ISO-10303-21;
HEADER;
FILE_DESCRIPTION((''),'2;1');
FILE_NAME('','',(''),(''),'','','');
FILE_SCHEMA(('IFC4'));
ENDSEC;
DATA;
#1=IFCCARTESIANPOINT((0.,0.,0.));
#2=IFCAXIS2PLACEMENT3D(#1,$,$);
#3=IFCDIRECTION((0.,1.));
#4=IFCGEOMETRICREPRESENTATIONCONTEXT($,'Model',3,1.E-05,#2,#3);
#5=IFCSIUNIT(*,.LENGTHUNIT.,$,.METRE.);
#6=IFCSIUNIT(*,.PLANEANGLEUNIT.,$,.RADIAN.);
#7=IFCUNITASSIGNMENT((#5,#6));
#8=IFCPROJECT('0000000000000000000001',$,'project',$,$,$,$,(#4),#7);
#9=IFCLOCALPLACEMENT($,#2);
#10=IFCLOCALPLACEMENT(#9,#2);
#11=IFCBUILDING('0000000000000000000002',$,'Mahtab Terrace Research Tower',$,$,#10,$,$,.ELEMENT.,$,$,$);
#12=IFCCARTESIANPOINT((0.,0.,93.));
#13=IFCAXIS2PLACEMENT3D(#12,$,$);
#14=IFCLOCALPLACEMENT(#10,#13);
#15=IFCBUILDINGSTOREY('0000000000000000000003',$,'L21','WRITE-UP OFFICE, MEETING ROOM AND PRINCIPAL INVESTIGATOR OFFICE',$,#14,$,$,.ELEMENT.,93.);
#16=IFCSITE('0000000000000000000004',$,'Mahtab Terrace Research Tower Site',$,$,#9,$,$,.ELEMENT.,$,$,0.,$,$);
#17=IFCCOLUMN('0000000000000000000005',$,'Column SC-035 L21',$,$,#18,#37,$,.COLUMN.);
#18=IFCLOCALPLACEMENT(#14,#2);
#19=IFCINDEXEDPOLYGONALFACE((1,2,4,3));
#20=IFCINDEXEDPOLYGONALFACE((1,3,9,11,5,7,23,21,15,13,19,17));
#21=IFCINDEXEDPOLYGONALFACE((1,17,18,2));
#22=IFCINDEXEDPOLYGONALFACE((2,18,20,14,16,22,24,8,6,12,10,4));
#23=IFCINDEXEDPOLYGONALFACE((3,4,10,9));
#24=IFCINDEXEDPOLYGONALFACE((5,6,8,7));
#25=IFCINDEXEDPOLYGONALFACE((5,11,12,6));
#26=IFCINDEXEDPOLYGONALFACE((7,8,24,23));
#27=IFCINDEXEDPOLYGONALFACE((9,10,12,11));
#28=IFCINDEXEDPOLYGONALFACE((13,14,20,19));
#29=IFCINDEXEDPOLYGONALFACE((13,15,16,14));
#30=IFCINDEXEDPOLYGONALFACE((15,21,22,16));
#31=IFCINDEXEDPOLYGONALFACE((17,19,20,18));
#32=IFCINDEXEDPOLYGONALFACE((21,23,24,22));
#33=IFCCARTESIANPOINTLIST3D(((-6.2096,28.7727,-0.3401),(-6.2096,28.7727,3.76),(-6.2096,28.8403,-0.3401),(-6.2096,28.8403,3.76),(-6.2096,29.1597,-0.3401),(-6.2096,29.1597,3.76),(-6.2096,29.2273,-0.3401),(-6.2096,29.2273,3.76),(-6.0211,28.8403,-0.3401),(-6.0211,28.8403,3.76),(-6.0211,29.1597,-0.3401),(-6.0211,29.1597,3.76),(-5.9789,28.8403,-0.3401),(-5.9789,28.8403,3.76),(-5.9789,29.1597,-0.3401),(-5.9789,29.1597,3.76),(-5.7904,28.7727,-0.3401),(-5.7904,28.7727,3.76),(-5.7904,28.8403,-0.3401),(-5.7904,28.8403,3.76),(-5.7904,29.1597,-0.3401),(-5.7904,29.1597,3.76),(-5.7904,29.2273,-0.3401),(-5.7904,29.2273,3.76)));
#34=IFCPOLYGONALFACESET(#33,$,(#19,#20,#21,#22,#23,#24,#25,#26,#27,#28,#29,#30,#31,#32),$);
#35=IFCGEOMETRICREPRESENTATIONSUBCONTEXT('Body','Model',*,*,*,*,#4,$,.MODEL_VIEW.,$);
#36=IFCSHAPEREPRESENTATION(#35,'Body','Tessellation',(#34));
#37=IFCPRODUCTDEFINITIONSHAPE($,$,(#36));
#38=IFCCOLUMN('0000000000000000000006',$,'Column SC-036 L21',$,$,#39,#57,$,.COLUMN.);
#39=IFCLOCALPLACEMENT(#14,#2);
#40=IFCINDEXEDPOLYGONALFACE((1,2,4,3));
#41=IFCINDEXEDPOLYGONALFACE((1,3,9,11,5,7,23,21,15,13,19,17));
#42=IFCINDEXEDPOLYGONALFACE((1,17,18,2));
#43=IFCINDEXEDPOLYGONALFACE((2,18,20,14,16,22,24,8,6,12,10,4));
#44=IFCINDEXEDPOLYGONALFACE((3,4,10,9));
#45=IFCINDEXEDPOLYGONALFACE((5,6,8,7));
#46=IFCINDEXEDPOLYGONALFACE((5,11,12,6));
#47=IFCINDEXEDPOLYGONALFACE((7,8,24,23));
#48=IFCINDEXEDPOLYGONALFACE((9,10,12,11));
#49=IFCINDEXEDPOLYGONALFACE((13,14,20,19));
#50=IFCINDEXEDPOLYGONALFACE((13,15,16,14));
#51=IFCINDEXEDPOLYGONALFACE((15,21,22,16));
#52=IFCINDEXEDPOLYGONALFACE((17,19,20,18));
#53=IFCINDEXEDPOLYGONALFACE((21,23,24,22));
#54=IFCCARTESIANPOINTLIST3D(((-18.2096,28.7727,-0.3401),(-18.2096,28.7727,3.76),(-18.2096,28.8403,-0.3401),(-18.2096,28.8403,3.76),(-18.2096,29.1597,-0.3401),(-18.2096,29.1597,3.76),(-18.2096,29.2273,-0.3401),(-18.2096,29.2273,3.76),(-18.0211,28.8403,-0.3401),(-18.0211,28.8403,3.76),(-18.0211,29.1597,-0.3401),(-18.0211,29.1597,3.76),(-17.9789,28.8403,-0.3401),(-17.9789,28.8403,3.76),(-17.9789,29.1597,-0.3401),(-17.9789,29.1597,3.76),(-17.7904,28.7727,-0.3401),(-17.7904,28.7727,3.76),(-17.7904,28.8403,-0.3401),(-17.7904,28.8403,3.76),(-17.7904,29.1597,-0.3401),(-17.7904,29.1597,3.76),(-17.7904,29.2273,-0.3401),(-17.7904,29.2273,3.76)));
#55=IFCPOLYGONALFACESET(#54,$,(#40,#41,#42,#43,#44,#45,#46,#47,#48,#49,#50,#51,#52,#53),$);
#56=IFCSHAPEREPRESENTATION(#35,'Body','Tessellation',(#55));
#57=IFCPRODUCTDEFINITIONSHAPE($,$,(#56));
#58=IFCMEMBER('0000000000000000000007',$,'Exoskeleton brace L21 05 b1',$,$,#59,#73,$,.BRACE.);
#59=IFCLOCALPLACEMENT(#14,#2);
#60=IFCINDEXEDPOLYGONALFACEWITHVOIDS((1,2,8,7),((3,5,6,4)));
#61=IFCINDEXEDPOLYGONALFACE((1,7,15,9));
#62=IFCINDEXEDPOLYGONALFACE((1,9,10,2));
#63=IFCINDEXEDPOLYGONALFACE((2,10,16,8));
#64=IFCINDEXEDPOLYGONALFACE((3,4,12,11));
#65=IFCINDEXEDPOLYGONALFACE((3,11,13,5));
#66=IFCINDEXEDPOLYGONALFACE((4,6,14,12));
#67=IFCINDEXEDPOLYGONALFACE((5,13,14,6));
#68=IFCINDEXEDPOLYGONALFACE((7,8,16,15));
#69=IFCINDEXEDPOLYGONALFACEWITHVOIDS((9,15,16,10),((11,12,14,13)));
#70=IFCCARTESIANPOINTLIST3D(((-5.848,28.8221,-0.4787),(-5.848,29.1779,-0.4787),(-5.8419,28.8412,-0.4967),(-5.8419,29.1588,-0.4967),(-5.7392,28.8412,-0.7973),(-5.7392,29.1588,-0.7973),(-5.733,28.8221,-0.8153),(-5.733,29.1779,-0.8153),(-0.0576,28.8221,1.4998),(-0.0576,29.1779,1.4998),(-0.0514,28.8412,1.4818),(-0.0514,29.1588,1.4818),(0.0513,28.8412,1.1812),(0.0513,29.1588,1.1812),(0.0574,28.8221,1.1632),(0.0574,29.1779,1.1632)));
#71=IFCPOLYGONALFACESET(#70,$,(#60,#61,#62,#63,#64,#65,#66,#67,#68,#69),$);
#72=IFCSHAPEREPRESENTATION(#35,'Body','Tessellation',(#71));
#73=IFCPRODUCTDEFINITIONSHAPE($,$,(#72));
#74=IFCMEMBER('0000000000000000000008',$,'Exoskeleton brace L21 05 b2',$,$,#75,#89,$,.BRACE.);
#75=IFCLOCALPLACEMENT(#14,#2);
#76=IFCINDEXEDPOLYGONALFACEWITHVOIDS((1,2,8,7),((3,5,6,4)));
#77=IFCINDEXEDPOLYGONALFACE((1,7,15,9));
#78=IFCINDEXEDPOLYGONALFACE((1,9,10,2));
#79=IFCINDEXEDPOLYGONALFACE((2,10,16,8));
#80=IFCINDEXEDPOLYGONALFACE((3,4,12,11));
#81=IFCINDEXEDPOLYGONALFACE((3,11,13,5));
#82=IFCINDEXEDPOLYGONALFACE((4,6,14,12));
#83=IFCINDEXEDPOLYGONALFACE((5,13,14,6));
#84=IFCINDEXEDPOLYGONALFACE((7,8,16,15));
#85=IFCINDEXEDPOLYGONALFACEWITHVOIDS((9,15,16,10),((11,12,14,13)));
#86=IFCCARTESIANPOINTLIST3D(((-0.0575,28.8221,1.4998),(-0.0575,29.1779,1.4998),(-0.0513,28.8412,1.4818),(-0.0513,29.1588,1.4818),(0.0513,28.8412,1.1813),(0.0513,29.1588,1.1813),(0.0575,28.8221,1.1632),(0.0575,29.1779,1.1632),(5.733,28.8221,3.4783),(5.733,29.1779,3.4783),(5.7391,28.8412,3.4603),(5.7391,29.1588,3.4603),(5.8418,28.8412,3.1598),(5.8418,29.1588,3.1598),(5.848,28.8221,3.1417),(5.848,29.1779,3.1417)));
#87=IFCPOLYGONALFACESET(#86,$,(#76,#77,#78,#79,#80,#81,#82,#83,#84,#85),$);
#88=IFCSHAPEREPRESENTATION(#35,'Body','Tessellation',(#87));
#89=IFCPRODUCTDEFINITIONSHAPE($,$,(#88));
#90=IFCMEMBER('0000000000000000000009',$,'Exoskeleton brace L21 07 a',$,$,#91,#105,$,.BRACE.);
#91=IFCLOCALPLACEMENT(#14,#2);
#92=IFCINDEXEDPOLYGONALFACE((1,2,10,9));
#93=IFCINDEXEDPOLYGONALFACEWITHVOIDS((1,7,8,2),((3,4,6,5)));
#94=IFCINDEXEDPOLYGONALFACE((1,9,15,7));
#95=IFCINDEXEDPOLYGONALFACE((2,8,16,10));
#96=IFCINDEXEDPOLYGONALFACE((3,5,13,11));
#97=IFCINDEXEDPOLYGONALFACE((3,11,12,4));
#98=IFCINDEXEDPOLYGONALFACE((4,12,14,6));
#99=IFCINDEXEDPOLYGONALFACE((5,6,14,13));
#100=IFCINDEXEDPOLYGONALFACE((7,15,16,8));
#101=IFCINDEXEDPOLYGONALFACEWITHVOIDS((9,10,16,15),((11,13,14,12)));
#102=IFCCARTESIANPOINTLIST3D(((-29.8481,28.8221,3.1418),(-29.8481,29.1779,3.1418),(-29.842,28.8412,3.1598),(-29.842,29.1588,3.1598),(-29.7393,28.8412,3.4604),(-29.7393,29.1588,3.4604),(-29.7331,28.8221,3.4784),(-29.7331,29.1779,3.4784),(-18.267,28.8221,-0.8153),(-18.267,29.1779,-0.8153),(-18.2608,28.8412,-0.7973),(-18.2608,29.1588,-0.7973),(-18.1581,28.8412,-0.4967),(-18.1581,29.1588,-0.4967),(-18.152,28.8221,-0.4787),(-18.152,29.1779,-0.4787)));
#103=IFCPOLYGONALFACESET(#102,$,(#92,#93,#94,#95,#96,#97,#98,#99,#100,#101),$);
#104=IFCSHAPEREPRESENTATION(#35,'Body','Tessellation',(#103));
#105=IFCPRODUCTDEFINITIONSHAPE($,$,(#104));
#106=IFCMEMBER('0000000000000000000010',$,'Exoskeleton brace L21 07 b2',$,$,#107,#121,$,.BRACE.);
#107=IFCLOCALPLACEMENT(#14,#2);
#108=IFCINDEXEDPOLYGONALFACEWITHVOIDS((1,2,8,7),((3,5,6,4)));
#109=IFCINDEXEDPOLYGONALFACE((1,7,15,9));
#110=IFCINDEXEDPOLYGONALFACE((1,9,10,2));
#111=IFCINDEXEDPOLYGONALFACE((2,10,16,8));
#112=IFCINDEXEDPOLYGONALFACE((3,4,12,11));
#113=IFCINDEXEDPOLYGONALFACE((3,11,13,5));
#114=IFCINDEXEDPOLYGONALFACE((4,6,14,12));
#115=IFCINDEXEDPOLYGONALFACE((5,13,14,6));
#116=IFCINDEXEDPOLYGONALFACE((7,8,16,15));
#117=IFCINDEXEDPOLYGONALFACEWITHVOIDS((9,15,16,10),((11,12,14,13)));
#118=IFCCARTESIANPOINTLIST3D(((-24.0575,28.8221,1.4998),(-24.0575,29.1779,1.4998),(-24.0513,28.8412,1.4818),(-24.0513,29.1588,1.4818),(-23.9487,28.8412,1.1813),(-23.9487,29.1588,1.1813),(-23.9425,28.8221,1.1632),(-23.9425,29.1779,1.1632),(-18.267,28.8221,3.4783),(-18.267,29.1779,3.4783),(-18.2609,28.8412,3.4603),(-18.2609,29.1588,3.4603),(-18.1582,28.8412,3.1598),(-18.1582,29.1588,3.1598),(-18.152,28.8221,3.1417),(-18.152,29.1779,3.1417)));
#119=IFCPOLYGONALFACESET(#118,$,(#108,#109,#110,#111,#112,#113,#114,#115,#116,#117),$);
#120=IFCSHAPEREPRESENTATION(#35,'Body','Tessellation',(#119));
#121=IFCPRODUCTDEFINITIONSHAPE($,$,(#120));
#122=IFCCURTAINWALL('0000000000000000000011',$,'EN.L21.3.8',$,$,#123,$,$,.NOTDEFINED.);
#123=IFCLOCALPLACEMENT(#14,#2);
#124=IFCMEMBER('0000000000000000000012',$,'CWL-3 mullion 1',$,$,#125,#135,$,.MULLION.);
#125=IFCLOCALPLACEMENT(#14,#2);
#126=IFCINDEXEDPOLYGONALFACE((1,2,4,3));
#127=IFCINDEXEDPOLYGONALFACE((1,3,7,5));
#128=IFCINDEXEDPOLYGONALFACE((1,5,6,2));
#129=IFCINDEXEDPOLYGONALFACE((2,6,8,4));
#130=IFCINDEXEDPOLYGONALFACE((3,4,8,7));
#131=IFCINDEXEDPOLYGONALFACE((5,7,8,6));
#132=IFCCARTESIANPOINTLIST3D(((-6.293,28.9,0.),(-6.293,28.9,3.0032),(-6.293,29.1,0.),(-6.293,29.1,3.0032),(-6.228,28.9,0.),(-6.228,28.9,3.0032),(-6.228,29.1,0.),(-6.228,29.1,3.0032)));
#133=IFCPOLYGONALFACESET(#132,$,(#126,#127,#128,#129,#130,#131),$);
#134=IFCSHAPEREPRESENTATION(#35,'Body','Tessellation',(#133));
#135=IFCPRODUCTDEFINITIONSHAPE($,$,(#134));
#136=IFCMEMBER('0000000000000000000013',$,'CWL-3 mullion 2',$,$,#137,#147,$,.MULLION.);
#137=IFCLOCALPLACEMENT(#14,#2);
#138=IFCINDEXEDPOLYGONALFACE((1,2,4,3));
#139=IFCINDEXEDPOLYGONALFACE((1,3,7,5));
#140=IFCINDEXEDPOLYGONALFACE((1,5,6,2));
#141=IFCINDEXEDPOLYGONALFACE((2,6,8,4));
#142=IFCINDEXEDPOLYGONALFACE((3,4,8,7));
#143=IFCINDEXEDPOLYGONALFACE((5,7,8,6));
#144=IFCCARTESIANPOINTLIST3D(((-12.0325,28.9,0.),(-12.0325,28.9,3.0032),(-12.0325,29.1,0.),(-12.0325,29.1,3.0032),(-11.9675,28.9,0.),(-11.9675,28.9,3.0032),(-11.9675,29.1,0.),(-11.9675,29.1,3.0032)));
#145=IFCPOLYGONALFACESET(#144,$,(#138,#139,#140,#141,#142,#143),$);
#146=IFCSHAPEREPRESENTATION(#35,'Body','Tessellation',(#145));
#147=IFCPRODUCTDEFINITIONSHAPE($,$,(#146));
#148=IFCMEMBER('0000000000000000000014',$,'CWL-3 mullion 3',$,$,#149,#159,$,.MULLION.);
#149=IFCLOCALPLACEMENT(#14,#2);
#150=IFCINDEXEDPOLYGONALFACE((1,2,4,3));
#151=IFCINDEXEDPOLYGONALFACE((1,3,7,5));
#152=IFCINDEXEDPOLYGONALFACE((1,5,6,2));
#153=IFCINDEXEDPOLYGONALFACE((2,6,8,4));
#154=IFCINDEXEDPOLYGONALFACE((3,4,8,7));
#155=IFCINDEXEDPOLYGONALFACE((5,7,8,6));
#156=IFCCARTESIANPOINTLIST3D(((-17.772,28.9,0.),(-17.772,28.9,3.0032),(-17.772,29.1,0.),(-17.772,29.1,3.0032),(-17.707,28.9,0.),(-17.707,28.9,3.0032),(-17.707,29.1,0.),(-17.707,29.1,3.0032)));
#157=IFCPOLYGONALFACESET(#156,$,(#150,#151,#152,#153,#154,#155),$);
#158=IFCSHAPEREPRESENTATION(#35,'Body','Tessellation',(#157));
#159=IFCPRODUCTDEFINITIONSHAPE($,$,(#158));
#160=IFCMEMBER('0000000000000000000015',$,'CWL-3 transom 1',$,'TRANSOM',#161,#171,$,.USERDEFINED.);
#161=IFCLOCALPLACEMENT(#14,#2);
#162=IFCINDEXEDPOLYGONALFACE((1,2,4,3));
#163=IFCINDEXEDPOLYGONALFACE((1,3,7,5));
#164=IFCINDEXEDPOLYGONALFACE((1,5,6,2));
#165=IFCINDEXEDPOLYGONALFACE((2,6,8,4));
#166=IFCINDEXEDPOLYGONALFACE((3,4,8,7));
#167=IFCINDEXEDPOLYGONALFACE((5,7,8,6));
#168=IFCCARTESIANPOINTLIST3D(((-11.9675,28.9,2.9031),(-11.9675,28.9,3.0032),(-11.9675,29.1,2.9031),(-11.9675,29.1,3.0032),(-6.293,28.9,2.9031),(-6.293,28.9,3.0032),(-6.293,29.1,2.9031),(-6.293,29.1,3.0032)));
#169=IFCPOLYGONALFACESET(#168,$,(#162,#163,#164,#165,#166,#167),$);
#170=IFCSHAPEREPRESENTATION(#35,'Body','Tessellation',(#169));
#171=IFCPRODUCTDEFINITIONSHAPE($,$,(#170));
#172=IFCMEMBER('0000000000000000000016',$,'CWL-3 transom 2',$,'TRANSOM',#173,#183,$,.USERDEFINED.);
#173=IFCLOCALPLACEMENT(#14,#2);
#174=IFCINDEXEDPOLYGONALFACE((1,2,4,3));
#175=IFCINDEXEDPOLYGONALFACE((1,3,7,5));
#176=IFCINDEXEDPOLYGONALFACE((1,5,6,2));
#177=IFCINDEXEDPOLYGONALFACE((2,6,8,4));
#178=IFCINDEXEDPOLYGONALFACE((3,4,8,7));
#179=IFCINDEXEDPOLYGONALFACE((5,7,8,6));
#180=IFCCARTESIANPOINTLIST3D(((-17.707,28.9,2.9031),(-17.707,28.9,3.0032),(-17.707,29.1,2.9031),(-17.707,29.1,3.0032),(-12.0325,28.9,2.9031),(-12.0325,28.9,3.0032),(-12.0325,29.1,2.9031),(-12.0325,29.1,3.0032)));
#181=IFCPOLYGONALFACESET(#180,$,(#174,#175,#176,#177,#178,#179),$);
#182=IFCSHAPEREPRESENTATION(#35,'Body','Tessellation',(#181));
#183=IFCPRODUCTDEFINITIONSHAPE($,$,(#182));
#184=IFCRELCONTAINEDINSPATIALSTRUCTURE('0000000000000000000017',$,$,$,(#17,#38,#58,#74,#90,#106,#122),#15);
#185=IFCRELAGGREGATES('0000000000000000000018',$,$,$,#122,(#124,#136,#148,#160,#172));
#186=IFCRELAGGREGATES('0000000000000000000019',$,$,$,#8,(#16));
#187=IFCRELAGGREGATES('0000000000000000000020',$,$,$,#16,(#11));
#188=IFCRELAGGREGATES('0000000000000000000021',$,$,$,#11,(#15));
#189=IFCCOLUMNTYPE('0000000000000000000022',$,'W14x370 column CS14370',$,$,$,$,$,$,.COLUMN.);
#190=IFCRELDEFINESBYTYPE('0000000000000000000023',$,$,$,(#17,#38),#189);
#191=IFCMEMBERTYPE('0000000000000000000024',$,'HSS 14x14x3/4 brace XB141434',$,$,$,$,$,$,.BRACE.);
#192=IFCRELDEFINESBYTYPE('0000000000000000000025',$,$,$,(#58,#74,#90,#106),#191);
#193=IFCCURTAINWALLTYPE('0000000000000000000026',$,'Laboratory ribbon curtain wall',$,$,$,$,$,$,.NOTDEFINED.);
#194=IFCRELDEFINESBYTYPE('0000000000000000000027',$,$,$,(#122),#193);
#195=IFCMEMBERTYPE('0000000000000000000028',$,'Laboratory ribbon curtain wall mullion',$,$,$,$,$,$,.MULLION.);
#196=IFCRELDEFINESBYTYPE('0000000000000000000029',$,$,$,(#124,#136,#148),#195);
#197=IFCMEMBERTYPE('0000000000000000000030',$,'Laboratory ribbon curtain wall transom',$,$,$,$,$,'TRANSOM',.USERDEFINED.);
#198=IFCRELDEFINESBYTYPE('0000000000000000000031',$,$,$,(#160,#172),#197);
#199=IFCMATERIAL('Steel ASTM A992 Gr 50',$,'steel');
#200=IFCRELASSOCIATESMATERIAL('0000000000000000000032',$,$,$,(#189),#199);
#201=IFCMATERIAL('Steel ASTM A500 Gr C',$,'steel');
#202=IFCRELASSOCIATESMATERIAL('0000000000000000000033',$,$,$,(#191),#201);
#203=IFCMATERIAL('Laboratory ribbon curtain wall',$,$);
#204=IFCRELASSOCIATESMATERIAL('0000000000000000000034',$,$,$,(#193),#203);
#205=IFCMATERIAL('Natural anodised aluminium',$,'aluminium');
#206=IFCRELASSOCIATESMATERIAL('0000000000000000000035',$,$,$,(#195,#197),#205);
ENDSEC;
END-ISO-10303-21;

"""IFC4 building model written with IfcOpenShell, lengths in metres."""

from ifc_helpers import new_model, si_unit, direction, frame, origin, origin_2d, place, context, subcontext, project, spatial, rectangle, hollow_rectangle, i_section, extrude, material, material_profile, profile_set, type_object, element, aggregate, save


model = new_model("IFC4")

# Units and contexts
model_context = context("Model", 3, precision=1e-05, world=origin(), true_north=direction((0.0, 1.0)))
body_context = subcontext(model_context, "Body", "Model", "MODEL_VIEW")
ifc_project = project(units=[si_unit("LENGTHUNIT", "METRE"), si_unit("PLANEANGLEUNIT", "RADIAN")], contexts=[model_context])

# Site, building, storey
site_placement = place(None, origin())
site = spatial("IfcSite", under=ifc_project, at=site_placement, Name="Mahtab Terrace Research Tower Site", CompositionType="ELEMENT", RefElevation=0.0)
building_placement = place(site_placement, origin())
building = spatial("IfcBuilding", under=site, at=building_placement, Name="Mahtab Terrace Research Tower", CompositionType="ELEMENT")
storey_placement = place(building_placement, frame((0.0, 0.0, 93.0)))
storey = spatial("IfcBuildingStorey", under=building, at=storey_placement, Name="L21", Description="WRITE-UP OFFICE, MEETING ROOM AND PRINCIPAL INVESTIGATOR OFFICE", CompositionType="ELEMENT", Elevation=93.0)

# Columns
ifc_material_1 = material(Name="Steel ASTM A992 Gr 50", Category="steel")
ifc_material_profile_1 = material_profile(ifc_material_1, i_section(OverallWidth=0.4192, OverallDepth=0.4546, WebThickness=0.0422, FlangeThickness=0.0676, at=origin_2d()), Name="W14X370")
ifc_profile_set_1 = profile_set([ifc_material_profile_1], Name="Steel ASTM A992 Gr 50")
column_type = type_object("IfcColumnType", Name="W14x370 column CS14370", PredefinedType="COLUMN", material=ifc_profile_set_1)
for number, where, z_axis, x_axis, name in (
    (1, (-6.0, 29.0, -0.3401), (0.0, 0.0, 1.0), (1.0, 0.0, 0.0), "Column SC-035 L21"),
    (2, (-18.0, 29.0, -0.3401), (0.0, 0.0, 1.0), (1.0, 0.0, 0.0), "Column SC-036 L21"),
):
    element("IfcColumn", number, at=place(storey_placement, frame(where, z_axis=z_axis, x_axis=x_axis)), inside=storey, type_object=column_type, Name=name, PredefinedType="COLUMN", context=body_context, shape_type="SweptSolid", body=[
        extrude(i_section(OverallWidth=0.4192, OverallDepth=0.4546, WebThickness=0.0422, FlangeThickness=0.0676, at=origin_2d()), origin(), (0.0, 0.0, 1.0), 4.1001),
    ])

# Members
ifc_material_2 = material(Name="Steel ASTM A500 Gr C", Category="steel")
ifc_material_profile_2 = material_profile(ifc_material_2, hollow_rectangle(XDim=0.3557, YDim=0.3557, WallThickness=0.019, at=origin_2d()), Name="HSS14X14X3/4")
ifc_profile_set_2 = profile_set([ifc_material_profile_2], Name="Steel ASTM A500 Gr C")
member_type_1 = type_object("IfcMemberType", Name="HSS 14x14x3/4 brace XB141434", PredefinedType="BRACE", material=ifc_profile_set_2)
for number, where, z_axis, x_axis, name in (
    (3, (-5.7905, 29.0, -0.647), (0.946287, 0.0, 0.323329), (0.0, 1.0, 0.0), "Exoskeleton brace L21 05 b1"),
    (4, (0.0, 29.0, 1.3315), (0.946287, 0.0, 0.323329), (0.0, 1.0, 0.0), "Exoskeleton brace L21 05 b2"),
):
    element("IfcMember", number, at=place(storey_placement, frame(where, z_axis=z_axis, x_axis=x_axis)), inside=storey, type_object=member_type_1, Name=name, PredefinedType="BRACE", context=body_context, shape_type="SweptSolid", body=[
        extrude(hollow_rectangle(XDim=0.3557, YDim=0.3557, WallThickness=0.019, at=origin_2d()), origin(), (0.0, 0.0, 1.0), 6.1191),
    ])
member_1_placement = place(storey_placement, frame((-18.2095, 29.0, -0.647), z_axis=(-0.946287, 0.0, 0.323329), x_axis=(0.0, -1.0, 0.0)))
element("IfcMember", 5, at=member_1_placement, inside=storey, type_object=member_type_1, Name="Exoskeleton brace L21 07 a", PredefinedType="BRACE", context=body_context, shape_type="SweptSolid", body=[
    extrude(hollow_rectangle(XDim=0.3557, YDim=0.3557, WallThickness=0.019, at=origin_2d()), origin(), (0.0, 0.0, 1.0), 12.2385),
])
member_2_placement = place(storey_placement, frame((-24.0, 29.0, 1.3315), z_axis=(0.946287, 0.0, 0.323329), x_axis=(0.0, 1.0, 0.0)))
element("IfcMember", 6, at=member_2_placement, inside=storey, type_object=member_type_1, Name="Exoskeleton brace L21 07 b2", PredefinedType="BRACE", context=body_context, shape_type="SweptSolid", body=[
    extrude(hollow_rectangle(XDim=0.3557, YDim=0.3557, WallThickness=0.019, at=origin_2d()), origin(), (0.0, 0.0, 1.0), 6.1191),
])

# Curtain wall, members
ifc_material_3 = material(Name="Laboratory ribbon curtain wall")
curtain_wall_type = type_object("IfcCurtainWallType", Name="Laboratory ribbon curtain wall", PredefinedType="NOTDEFINED", material=ifc_material_3)
curtain_wall_placement = place(storey_placement, origin())
curtain_wall = element("IfcCurtainWall", 7, at=curtain_wall_placement, inside=storey, type_object=curtain_wall_type, Name="EN.L21.3.8", PredefinedType="NOTDEFINED")
ifc_material_4 = material(Name="Natural anodised aluminium", Category="aluminium")
ifc_material_profile_3 = material_profile(ifc_material_4, rectangle(XDim=0.2, YDim=0.0649, at=origin_2d()), Name="MULLION 65x200")
ifc_profile_set_3 = profile_set([ifc_material_profile_3], Name="Natural anodised aluminium")
member_type_2 = type_object("IfcMemberType", Name="Laboratory ribbon curtain wall mullion", PredefinedType="MULLION", material=ifc_profile_set_3)
member_3_placement = place(storey_placement, frame((-6.2605, 29.0, 0.0), z_axis=(0.0, 0.0, 1.0), x_axis=(0.0, -1.0, 0.0)))
member_3 = element("IfcMember", 8, at=member_3_placement, type_object=member_type_2, Name="CWL-3 mullion 1", PredefinedType="MULLION", context=body_context, shape_type="SweptSolid", body=[
    extrude(rectangle(XDim=0.2, YDim=0.0649, at=origin_2d()), origin(), (0.0, 0.0, 1.0), 3.0032),
])
member_4_placement = place(storey_placement, frame((-12.0, 29.0, 0.0), z_axis=(0.0, 0.0, 1.0), x_axis=(0.0, -1.0, 0.0)))
member_4 = element("IfcMember", 9, at=member_4_placement, type_object=member_type_2, Name="CWL-3 mullion 2", PredefinedType="MULLION", context=body_context, shape_type="SweptSolid", body=[
    extrude(rectangle(XDim=0.2, YDim=0.0649, at=origin_2d()), origin(), (0.0, 0.0, 1.0), 3.0032),
])
member_5_placement = place(storey_placement, frame((-17.7395, 29.0, 0.0), z_axis=(0.0, 0.0, 1.0), x_axis=(0.0, -1.0, 0.0)))
member_5 = element("IfcMember", 10, at=member_5_placement, type_object=member_type_2, Name="CWL-3 mullion 3", PredefinedType="MULLION", context=body_context, shape_type="SweptSolid", body=[
    extrude(rectangle(XDim=0.2, YDim=0.0649, at=origin_2d()), origin(), (0.0, 0.0, 1.0), 3.0032),
])
ifc_material_profile_4 = material_profile(ifc_material_4, rectangle(XDim=0.2, YDim=0.1001, at=origin_2d()), Name="TRANSOM 100x200")
ifc_profile_set_4 = profile_set([ifc_material_profile_4], Name="Natural anodised aluminium")
member_type_3 = type_object("IfcMemberType", Name="Laboratory ribbon curtain wall transom", ElementType="TRANSOM", PredefinedType="USERDEFINED", material=ifc_profile_set_4)
member_6_placement = place(storey_placement, frame((-6.293, 29.0, 2.9531), z_axis=(-1.0, 0.0, 0.0), x_axis=(0.0, -1.0, 0.0)))
member_6 = element("IfcMember", 11, at=member_6_placement, type_object=member_type_3, Name="CWL-3 transom 1", ObjectType="TRANSOM", PredefinedType="USERDEFINED", context=body_context, shape_type="SweptSolid", body=[
    extrude(rectangle(XDim=0.2, YDim=0.1001, at=origin_2d()), origin(), (0.0, 0.0, 1.0), 5.6746),
])
member_7_placement = place(storey_placement, frame((-12.0325, 29.0, 2.9531), z_axis=(-1.0, 0.0, 0.0), x_axis=(0.0, -1.0, 0.0)))
member_7 = element("IfcMember", 12, at=member_7_placement, type_object=member_type_3, Name="CWL-3 transom 2", ObjectType="TRANSOM", PredefinedType="USERDEFINED", context=body_context, shape_type="SweptSolid", body=[
    extrude(rectangle(XDim=0.2, YDim=0.1001, at=origin_2d()), origin(), (0.0, 0.0, 1.0), 5.6746),
])

aggregate(curtain_wall, [member_3, member_4, member_5, member_6, member_7])

save(model, "model.ifc")
